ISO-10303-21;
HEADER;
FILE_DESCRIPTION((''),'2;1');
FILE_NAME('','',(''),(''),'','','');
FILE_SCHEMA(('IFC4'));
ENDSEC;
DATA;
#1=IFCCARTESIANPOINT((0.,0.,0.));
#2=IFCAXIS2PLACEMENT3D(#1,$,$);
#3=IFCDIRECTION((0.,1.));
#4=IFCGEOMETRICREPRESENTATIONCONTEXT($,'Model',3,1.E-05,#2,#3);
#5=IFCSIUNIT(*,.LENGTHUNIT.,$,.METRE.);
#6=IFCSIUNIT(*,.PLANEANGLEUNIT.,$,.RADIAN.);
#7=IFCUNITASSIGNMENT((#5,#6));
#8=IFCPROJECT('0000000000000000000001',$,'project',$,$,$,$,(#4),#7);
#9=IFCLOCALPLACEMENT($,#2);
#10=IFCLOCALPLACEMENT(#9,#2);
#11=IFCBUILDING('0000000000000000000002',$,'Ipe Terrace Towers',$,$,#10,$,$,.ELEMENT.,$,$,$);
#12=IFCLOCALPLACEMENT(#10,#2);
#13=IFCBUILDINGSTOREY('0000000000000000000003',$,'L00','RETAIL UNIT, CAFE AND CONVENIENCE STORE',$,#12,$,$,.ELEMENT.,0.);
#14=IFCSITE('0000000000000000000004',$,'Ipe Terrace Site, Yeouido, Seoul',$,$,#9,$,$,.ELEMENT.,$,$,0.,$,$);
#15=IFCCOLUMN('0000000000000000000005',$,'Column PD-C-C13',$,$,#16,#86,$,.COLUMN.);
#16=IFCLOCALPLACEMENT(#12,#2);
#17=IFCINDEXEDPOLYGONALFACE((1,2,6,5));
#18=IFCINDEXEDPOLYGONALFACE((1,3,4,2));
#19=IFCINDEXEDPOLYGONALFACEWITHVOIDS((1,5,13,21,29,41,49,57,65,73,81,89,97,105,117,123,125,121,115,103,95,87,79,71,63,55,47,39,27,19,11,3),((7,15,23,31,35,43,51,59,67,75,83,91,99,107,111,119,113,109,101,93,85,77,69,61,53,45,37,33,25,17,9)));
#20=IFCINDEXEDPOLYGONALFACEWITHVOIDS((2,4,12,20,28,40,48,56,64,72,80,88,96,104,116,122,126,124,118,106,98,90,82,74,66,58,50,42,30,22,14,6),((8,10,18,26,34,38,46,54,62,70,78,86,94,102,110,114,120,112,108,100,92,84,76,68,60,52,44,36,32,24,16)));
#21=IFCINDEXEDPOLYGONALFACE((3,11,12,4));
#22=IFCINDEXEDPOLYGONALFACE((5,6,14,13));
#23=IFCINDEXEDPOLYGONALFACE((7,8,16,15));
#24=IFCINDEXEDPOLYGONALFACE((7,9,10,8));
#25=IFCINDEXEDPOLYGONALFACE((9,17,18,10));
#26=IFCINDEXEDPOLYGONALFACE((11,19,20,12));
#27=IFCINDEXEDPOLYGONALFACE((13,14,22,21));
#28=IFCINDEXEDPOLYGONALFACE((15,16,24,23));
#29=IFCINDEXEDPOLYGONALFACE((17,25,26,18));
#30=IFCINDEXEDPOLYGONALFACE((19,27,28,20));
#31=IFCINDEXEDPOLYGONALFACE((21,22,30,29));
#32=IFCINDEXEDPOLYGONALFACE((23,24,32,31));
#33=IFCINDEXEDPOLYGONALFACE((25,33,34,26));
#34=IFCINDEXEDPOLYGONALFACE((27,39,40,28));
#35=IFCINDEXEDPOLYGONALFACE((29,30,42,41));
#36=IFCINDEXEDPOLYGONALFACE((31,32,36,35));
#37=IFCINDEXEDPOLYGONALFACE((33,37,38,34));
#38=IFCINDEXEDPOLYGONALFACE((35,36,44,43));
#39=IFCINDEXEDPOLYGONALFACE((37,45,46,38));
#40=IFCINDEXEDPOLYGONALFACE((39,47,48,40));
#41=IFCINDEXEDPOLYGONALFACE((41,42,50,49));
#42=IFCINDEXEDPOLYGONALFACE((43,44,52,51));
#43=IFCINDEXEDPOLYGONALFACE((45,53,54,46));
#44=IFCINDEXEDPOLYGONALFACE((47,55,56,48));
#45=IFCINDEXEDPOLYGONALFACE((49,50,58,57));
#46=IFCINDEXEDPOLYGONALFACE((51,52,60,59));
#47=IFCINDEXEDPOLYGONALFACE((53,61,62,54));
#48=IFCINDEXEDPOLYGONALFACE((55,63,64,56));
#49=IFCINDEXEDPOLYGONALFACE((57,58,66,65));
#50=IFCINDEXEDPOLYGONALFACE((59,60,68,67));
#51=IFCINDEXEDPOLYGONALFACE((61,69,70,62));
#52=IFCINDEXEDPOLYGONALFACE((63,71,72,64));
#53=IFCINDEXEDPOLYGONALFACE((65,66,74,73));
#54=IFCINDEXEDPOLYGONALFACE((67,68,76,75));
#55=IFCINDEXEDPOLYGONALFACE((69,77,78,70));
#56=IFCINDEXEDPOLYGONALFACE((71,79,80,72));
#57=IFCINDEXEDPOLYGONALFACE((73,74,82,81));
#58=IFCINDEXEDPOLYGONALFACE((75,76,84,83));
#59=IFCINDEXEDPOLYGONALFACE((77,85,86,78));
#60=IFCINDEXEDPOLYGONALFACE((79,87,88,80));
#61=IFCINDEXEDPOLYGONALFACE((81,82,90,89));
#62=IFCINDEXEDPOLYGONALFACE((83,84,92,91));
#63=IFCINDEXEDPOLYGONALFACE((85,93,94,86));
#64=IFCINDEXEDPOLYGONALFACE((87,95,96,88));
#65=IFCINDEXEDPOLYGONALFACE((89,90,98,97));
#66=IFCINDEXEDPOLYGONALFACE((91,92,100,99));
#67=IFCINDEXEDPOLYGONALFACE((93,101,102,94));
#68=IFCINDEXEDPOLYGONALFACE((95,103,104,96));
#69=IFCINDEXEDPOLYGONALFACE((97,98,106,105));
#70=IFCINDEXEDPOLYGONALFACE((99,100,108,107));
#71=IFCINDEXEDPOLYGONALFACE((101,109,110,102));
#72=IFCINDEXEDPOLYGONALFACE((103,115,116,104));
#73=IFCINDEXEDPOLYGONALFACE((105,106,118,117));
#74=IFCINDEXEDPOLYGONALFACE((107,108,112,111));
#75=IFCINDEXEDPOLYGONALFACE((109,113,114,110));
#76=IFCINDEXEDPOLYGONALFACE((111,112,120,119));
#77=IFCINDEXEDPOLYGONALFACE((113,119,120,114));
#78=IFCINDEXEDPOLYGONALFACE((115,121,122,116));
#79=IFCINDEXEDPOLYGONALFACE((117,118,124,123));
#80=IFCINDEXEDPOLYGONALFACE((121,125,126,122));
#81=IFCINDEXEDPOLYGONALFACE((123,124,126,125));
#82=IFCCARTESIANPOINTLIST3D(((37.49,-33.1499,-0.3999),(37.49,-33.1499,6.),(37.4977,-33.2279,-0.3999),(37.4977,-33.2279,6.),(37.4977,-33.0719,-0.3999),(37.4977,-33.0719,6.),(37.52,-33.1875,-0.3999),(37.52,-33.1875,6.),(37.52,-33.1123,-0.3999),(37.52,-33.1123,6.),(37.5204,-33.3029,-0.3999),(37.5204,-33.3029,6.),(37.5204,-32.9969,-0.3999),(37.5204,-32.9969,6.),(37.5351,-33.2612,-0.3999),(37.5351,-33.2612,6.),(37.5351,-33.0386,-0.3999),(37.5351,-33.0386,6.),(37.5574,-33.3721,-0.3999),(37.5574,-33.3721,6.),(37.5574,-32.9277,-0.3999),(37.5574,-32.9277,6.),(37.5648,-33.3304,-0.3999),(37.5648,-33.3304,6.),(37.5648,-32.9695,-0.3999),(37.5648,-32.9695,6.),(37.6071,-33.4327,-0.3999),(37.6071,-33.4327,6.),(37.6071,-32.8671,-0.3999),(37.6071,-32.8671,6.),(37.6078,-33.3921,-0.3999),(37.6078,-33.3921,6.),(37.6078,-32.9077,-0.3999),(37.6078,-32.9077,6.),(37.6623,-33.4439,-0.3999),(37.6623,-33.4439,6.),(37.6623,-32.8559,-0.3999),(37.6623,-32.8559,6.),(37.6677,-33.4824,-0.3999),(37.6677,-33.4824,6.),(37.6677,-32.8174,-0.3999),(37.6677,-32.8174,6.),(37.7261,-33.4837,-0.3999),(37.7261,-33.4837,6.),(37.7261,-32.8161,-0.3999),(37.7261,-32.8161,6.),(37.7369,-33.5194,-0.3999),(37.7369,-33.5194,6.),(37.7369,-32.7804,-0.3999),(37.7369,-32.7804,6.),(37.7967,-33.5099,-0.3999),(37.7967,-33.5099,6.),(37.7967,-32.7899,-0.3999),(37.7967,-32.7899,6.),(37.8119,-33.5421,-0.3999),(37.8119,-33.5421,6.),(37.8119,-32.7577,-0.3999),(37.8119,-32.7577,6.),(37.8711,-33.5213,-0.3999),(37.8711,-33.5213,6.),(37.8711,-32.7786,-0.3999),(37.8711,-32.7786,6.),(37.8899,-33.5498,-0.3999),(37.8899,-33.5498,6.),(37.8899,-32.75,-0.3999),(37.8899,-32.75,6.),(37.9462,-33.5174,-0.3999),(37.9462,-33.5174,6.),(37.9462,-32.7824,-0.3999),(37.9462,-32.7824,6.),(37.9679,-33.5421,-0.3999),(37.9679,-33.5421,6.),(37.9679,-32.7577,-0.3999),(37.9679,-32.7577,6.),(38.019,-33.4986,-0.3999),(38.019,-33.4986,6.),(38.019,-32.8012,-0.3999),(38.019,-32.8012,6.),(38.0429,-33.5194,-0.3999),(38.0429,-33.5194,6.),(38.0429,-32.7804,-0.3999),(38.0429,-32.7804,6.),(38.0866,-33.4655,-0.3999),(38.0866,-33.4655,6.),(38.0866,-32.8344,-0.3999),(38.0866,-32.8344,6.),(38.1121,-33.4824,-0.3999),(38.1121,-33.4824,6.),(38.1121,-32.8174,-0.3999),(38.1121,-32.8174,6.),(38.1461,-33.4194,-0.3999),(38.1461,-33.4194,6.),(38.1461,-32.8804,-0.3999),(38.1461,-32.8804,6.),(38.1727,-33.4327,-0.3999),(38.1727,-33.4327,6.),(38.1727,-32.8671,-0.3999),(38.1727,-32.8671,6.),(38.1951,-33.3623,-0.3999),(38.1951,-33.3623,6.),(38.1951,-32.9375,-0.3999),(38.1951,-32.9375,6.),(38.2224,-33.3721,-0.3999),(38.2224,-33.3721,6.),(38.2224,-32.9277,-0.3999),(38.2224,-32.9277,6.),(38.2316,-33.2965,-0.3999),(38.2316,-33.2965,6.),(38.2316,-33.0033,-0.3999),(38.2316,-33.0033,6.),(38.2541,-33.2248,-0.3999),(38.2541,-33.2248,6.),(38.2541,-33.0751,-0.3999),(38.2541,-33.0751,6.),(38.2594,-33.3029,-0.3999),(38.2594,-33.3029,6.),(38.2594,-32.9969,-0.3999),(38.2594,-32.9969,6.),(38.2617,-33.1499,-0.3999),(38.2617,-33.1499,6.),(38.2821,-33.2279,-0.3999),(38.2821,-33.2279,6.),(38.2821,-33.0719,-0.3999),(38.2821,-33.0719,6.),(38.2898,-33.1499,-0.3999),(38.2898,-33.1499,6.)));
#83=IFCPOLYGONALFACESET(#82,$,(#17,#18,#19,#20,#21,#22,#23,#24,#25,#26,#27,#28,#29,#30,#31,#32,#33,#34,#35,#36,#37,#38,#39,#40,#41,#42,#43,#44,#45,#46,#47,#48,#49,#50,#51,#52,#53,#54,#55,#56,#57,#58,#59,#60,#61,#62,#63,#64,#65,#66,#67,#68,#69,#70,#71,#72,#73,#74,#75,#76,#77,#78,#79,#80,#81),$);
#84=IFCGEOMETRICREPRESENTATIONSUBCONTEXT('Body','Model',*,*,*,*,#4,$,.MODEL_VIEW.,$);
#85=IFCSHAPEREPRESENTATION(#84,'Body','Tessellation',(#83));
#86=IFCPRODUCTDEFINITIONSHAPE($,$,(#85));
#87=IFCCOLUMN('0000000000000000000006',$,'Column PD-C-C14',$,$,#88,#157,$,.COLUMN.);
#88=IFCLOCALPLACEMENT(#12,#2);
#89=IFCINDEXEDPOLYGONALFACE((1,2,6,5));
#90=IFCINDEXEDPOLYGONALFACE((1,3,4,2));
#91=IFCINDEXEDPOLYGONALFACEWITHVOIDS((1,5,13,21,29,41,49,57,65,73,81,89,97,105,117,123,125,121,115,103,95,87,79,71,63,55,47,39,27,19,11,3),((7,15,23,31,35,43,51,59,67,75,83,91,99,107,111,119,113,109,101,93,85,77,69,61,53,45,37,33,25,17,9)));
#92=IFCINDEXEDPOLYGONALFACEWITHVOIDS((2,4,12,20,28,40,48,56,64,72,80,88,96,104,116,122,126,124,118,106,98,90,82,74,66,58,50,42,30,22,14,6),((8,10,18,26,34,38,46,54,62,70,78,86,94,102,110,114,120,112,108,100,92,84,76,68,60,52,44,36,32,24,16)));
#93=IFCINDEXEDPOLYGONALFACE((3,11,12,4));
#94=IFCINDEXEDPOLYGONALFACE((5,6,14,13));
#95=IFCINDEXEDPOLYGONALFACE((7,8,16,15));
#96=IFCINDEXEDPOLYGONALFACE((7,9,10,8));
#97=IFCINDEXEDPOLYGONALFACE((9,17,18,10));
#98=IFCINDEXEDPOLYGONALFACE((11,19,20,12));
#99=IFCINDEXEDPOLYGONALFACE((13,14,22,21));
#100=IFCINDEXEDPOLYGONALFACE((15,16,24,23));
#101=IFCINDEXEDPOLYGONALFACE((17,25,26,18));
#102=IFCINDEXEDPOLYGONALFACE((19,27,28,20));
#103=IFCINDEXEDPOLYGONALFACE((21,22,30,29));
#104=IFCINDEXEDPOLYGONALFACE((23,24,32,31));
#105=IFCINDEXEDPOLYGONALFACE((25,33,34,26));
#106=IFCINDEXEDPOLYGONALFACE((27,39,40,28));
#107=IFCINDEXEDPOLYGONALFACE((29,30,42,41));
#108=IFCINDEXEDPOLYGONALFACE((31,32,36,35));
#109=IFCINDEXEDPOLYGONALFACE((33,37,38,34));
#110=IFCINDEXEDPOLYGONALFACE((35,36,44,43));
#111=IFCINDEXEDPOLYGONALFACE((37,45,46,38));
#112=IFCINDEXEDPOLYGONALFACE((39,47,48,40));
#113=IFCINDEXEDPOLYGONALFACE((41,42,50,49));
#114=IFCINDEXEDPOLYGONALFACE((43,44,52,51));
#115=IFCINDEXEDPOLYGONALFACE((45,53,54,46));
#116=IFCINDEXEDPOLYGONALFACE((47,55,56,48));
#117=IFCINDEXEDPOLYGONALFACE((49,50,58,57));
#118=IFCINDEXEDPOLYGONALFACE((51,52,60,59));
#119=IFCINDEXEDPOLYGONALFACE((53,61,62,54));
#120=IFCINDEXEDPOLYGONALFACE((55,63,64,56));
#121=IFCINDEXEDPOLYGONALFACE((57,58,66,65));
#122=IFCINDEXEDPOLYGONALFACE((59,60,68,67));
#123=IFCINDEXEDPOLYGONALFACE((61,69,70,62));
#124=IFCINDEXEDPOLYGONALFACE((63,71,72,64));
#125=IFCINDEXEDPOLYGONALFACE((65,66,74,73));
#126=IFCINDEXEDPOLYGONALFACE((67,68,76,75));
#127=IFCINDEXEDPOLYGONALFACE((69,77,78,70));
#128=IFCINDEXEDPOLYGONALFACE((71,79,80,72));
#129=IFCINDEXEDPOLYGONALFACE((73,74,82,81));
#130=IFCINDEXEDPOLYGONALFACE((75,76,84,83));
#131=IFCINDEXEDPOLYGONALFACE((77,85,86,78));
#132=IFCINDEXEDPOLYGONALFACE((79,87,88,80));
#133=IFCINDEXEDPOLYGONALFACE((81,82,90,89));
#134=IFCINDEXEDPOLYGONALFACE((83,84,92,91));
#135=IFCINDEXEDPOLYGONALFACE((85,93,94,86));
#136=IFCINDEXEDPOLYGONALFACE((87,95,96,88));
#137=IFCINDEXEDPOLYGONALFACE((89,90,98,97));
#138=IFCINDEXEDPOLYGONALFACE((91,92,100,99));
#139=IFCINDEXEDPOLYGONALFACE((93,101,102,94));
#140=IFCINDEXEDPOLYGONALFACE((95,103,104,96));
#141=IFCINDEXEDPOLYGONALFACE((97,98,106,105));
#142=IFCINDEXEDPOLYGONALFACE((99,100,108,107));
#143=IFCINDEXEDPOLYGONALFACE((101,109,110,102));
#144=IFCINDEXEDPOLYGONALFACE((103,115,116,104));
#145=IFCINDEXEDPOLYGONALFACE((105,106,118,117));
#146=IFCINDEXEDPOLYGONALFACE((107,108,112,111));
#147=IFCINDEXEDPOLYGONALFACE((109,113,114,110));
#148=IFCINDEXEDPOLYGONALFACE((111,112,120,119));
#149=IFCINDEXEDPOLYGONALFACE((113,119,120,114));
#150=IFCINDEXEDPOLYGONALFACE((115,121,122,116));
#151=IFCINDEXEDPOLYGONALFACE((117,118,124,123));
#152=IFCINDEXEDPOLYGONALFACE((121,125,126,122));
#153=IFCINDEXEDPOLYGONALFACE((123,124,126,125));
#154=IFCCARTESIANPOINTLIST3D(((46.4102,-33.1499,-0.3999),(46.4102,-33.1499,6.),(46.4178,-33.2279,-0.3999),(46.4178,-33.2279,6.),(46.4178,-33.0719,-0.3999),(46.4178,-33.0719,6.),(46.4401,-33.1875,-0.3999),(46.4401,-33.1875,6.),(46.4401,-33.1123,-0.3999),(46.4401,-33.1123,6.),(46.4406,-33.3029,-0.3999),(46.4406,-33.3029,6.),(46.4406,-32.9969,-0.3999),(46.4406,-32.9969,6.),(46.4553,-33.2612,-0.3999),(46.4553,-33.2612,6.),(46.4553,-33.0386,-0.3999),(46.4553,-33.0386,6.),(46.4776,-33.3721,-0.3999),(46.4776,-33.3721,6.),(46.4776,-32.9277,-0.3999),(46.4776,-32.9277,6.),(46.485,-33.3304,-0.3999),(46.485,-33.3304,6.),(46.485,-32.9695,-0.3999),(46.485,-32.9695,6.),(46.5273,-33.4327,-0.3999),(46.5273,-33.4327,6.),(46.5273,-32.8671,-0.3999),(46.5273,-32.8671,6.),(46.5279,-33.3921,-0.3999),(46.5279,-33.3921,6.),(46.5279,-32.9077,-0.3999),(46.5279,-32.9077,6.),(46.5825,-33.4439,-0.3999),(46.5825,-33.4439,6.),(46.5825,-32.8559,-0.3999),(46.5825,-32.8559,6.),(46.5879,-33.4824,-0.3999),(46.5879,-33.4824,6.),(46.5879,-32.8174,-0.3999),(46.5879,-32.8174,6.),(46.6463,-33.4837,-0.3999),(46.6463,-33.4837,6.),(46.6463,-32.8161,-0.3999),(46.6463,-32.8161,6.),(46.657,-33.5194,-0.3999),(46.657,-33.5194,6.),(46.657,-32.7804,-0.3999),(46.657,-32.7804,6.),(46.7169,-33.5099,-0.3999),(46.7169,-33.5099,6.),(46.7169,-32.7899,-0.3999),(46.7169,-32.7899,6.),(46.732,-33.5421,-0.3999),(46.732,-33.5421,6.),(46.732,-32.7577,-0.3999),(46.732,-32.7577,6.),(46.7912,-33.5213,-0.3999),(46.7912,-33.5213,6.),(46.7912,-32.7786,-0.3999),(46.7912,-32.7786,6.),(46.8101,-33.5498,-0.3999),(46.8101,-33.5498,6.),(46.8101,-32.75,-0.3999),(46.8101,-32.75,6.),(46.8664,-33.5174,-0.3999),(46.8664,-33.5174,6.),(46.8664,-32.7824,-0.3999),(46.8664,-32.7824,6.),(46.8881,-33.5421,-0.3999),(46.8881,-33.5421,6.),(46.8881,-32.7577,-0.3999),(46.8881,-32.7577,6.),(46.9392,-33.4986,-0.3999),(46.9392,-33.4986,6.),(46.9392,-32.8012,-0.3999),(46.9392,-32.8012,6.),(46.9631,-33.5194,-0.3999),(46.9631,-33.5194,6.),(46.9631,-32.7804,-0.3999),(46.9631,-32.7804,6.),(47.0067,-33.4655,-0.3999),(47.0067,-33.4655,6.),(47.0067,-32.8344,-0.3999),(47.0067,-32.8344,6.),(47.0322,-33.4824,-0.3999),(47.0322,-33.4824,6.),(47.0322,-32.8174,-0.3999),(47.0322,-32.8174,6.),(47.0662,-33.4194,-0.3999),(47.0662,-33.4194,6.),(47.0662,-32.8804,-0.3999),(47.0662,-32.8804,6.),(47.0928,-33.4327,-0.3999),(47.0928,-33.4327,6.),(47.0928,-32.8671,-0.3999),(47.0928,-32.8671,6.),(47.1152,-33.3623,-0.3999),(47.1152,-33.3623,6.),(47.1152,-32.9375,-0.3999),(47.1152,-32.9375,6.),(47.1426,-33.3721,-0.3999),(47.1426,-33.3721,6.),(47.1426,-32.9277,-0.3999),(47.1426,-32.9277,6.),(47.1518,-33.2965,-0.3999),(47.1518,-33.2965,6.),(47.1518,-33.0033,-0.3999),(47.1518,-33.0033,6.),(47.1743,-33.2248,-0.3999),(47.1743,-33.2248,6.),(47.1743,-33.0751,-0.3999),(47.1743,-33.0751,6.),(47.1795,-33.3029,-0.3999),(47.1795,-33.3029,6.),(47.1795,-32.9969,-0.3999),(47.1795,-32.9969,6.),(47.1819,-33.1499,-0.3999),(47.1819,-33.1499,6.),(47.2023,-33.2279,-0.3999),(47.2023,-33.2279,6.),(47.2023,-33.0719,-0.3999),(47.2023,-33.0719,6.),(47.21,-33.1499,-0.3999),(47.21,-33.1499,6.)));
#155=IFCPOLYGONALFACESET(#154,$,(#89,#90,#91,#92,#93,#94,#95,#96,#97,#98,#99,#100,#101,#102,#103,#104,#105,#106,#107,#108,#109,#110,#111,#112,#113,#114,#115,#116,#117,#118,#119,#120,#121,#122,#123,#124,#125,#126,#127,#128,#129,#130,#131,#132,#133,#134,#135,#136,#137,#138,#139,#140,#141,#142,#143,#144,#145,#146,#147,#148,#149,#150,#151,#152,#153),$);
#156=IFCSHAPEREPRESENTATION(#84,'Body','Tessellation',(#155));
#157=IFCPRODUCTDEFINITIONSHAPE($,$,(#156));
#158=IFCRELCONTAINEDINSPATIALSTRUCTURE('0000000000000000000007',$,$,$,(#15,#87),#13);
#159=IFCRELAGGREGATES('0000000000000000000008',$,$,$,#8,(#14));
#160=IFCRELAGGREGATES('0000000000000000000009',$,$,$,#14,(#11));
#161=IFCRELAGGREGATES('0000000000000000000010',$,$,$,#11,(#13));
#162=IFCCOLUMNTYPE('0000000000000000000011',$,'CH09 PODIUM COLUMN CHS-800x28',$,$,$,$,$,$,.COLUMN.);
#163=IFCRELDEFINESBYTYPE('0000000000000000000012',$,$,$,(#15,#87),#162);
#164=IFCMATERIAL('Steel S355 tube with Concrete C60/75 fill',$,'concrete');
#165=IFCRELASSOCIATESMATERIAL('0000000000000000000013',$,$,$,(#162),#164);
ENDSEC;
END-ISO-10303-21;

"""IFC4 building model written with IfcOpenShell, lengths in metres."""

from ifc_helpers import new_model, si_unit, direction, frame, origin, origin_2d, place, context, subcontext, project, spatial, hollow_circle, extrude, material, material_profile, profile_set, type_object, element, save


model = new_model("IFC4")

# Units and contexts
model_context = context("Model", 3, precision=1e-05, world=origin(), true_north=direction((0.0, 1.0)))
body_context = subcontext(model_context, "Body", "Model", "MODEL_VIEW")
ifc_project = project(units=[si_unit("LENGTHUNIT", "METRE"), si_unit("PLANEANGLEUNIT", "RADIAN")], contexts=[model_context])

# Site, building, storey
site_placement = place(None, origin())
site = spatial("IfcSite", under=ifc_project, at=site_placement, Name="Ipe Terrace Site, Yeouido, Seoul", CompositionType="ELEMENT", RefElevation=0.0)
building_placement = place(site_placement, origin())
building = spatial("IfcBuilding", under=site, at=building_placement, Name="Ipe Terrace Towers", CompositionType="ELEMENT")
storey_placement = place(building_placement, origin())
storey = spatial("IfcBuildingStorey", under=building, at=storey_placement, Name="L00", Description="RETAIL UNIT, CAFE AND CONVENIENCE STORE", CompositionType="ELEMENT", Elevation=0.0)

# Columns
ifc_material_1 = material(Name="Steel S355 tube with Concrete C60/75 fill", Category="concrete")
ifc_material_profile_1 = material_profile(ifc_material_1, hollow_circle(Radius=0.3999, WallThickness=0.0281, at=origin_2d()), Name="CHS-800x28")
ifc_profile_set_1 = profile_set([ifc_material_profile_1], Name="Steel S355 tube with Concrete C60/75 fill")
column_type = type_object("IfcColumnType", Name="CH09 PODIUM COLUMN CHS-800x28", PredefinedType="COLUMN", material=ifc_profile_set_1)
for number, where, z_axis, x_axis, name in (
    (1, (37.8899, -33.1499, -0.3999), (0.0, 0.0, 1.0), (1.0, 0.0, 0.0), "Column PD-C-C13"),
    (2, (46.8101, -33.1499, -0.3999), (0.0, 0.0, 1.0), (1.0, 0.0, 0.0), "Column PD-C-C14"),
):
    element("IfcColumn", number, at=place(storey_placement, frame(where, z_axis=z_axis, x_axis=x_axis)), inside=storey, type_object=column_type, Name=name, PredefinedType="COLUMN", context=body_context, shape_type="SweptSolid", body=[
        extrude(hollow_circle(Radius=0.3999, WallThickness=0.0281, at=origin_2d()), origin(), (0.0, 0.0, 1.0), 6.3999),
    ])

save(model, "model.ifc")
